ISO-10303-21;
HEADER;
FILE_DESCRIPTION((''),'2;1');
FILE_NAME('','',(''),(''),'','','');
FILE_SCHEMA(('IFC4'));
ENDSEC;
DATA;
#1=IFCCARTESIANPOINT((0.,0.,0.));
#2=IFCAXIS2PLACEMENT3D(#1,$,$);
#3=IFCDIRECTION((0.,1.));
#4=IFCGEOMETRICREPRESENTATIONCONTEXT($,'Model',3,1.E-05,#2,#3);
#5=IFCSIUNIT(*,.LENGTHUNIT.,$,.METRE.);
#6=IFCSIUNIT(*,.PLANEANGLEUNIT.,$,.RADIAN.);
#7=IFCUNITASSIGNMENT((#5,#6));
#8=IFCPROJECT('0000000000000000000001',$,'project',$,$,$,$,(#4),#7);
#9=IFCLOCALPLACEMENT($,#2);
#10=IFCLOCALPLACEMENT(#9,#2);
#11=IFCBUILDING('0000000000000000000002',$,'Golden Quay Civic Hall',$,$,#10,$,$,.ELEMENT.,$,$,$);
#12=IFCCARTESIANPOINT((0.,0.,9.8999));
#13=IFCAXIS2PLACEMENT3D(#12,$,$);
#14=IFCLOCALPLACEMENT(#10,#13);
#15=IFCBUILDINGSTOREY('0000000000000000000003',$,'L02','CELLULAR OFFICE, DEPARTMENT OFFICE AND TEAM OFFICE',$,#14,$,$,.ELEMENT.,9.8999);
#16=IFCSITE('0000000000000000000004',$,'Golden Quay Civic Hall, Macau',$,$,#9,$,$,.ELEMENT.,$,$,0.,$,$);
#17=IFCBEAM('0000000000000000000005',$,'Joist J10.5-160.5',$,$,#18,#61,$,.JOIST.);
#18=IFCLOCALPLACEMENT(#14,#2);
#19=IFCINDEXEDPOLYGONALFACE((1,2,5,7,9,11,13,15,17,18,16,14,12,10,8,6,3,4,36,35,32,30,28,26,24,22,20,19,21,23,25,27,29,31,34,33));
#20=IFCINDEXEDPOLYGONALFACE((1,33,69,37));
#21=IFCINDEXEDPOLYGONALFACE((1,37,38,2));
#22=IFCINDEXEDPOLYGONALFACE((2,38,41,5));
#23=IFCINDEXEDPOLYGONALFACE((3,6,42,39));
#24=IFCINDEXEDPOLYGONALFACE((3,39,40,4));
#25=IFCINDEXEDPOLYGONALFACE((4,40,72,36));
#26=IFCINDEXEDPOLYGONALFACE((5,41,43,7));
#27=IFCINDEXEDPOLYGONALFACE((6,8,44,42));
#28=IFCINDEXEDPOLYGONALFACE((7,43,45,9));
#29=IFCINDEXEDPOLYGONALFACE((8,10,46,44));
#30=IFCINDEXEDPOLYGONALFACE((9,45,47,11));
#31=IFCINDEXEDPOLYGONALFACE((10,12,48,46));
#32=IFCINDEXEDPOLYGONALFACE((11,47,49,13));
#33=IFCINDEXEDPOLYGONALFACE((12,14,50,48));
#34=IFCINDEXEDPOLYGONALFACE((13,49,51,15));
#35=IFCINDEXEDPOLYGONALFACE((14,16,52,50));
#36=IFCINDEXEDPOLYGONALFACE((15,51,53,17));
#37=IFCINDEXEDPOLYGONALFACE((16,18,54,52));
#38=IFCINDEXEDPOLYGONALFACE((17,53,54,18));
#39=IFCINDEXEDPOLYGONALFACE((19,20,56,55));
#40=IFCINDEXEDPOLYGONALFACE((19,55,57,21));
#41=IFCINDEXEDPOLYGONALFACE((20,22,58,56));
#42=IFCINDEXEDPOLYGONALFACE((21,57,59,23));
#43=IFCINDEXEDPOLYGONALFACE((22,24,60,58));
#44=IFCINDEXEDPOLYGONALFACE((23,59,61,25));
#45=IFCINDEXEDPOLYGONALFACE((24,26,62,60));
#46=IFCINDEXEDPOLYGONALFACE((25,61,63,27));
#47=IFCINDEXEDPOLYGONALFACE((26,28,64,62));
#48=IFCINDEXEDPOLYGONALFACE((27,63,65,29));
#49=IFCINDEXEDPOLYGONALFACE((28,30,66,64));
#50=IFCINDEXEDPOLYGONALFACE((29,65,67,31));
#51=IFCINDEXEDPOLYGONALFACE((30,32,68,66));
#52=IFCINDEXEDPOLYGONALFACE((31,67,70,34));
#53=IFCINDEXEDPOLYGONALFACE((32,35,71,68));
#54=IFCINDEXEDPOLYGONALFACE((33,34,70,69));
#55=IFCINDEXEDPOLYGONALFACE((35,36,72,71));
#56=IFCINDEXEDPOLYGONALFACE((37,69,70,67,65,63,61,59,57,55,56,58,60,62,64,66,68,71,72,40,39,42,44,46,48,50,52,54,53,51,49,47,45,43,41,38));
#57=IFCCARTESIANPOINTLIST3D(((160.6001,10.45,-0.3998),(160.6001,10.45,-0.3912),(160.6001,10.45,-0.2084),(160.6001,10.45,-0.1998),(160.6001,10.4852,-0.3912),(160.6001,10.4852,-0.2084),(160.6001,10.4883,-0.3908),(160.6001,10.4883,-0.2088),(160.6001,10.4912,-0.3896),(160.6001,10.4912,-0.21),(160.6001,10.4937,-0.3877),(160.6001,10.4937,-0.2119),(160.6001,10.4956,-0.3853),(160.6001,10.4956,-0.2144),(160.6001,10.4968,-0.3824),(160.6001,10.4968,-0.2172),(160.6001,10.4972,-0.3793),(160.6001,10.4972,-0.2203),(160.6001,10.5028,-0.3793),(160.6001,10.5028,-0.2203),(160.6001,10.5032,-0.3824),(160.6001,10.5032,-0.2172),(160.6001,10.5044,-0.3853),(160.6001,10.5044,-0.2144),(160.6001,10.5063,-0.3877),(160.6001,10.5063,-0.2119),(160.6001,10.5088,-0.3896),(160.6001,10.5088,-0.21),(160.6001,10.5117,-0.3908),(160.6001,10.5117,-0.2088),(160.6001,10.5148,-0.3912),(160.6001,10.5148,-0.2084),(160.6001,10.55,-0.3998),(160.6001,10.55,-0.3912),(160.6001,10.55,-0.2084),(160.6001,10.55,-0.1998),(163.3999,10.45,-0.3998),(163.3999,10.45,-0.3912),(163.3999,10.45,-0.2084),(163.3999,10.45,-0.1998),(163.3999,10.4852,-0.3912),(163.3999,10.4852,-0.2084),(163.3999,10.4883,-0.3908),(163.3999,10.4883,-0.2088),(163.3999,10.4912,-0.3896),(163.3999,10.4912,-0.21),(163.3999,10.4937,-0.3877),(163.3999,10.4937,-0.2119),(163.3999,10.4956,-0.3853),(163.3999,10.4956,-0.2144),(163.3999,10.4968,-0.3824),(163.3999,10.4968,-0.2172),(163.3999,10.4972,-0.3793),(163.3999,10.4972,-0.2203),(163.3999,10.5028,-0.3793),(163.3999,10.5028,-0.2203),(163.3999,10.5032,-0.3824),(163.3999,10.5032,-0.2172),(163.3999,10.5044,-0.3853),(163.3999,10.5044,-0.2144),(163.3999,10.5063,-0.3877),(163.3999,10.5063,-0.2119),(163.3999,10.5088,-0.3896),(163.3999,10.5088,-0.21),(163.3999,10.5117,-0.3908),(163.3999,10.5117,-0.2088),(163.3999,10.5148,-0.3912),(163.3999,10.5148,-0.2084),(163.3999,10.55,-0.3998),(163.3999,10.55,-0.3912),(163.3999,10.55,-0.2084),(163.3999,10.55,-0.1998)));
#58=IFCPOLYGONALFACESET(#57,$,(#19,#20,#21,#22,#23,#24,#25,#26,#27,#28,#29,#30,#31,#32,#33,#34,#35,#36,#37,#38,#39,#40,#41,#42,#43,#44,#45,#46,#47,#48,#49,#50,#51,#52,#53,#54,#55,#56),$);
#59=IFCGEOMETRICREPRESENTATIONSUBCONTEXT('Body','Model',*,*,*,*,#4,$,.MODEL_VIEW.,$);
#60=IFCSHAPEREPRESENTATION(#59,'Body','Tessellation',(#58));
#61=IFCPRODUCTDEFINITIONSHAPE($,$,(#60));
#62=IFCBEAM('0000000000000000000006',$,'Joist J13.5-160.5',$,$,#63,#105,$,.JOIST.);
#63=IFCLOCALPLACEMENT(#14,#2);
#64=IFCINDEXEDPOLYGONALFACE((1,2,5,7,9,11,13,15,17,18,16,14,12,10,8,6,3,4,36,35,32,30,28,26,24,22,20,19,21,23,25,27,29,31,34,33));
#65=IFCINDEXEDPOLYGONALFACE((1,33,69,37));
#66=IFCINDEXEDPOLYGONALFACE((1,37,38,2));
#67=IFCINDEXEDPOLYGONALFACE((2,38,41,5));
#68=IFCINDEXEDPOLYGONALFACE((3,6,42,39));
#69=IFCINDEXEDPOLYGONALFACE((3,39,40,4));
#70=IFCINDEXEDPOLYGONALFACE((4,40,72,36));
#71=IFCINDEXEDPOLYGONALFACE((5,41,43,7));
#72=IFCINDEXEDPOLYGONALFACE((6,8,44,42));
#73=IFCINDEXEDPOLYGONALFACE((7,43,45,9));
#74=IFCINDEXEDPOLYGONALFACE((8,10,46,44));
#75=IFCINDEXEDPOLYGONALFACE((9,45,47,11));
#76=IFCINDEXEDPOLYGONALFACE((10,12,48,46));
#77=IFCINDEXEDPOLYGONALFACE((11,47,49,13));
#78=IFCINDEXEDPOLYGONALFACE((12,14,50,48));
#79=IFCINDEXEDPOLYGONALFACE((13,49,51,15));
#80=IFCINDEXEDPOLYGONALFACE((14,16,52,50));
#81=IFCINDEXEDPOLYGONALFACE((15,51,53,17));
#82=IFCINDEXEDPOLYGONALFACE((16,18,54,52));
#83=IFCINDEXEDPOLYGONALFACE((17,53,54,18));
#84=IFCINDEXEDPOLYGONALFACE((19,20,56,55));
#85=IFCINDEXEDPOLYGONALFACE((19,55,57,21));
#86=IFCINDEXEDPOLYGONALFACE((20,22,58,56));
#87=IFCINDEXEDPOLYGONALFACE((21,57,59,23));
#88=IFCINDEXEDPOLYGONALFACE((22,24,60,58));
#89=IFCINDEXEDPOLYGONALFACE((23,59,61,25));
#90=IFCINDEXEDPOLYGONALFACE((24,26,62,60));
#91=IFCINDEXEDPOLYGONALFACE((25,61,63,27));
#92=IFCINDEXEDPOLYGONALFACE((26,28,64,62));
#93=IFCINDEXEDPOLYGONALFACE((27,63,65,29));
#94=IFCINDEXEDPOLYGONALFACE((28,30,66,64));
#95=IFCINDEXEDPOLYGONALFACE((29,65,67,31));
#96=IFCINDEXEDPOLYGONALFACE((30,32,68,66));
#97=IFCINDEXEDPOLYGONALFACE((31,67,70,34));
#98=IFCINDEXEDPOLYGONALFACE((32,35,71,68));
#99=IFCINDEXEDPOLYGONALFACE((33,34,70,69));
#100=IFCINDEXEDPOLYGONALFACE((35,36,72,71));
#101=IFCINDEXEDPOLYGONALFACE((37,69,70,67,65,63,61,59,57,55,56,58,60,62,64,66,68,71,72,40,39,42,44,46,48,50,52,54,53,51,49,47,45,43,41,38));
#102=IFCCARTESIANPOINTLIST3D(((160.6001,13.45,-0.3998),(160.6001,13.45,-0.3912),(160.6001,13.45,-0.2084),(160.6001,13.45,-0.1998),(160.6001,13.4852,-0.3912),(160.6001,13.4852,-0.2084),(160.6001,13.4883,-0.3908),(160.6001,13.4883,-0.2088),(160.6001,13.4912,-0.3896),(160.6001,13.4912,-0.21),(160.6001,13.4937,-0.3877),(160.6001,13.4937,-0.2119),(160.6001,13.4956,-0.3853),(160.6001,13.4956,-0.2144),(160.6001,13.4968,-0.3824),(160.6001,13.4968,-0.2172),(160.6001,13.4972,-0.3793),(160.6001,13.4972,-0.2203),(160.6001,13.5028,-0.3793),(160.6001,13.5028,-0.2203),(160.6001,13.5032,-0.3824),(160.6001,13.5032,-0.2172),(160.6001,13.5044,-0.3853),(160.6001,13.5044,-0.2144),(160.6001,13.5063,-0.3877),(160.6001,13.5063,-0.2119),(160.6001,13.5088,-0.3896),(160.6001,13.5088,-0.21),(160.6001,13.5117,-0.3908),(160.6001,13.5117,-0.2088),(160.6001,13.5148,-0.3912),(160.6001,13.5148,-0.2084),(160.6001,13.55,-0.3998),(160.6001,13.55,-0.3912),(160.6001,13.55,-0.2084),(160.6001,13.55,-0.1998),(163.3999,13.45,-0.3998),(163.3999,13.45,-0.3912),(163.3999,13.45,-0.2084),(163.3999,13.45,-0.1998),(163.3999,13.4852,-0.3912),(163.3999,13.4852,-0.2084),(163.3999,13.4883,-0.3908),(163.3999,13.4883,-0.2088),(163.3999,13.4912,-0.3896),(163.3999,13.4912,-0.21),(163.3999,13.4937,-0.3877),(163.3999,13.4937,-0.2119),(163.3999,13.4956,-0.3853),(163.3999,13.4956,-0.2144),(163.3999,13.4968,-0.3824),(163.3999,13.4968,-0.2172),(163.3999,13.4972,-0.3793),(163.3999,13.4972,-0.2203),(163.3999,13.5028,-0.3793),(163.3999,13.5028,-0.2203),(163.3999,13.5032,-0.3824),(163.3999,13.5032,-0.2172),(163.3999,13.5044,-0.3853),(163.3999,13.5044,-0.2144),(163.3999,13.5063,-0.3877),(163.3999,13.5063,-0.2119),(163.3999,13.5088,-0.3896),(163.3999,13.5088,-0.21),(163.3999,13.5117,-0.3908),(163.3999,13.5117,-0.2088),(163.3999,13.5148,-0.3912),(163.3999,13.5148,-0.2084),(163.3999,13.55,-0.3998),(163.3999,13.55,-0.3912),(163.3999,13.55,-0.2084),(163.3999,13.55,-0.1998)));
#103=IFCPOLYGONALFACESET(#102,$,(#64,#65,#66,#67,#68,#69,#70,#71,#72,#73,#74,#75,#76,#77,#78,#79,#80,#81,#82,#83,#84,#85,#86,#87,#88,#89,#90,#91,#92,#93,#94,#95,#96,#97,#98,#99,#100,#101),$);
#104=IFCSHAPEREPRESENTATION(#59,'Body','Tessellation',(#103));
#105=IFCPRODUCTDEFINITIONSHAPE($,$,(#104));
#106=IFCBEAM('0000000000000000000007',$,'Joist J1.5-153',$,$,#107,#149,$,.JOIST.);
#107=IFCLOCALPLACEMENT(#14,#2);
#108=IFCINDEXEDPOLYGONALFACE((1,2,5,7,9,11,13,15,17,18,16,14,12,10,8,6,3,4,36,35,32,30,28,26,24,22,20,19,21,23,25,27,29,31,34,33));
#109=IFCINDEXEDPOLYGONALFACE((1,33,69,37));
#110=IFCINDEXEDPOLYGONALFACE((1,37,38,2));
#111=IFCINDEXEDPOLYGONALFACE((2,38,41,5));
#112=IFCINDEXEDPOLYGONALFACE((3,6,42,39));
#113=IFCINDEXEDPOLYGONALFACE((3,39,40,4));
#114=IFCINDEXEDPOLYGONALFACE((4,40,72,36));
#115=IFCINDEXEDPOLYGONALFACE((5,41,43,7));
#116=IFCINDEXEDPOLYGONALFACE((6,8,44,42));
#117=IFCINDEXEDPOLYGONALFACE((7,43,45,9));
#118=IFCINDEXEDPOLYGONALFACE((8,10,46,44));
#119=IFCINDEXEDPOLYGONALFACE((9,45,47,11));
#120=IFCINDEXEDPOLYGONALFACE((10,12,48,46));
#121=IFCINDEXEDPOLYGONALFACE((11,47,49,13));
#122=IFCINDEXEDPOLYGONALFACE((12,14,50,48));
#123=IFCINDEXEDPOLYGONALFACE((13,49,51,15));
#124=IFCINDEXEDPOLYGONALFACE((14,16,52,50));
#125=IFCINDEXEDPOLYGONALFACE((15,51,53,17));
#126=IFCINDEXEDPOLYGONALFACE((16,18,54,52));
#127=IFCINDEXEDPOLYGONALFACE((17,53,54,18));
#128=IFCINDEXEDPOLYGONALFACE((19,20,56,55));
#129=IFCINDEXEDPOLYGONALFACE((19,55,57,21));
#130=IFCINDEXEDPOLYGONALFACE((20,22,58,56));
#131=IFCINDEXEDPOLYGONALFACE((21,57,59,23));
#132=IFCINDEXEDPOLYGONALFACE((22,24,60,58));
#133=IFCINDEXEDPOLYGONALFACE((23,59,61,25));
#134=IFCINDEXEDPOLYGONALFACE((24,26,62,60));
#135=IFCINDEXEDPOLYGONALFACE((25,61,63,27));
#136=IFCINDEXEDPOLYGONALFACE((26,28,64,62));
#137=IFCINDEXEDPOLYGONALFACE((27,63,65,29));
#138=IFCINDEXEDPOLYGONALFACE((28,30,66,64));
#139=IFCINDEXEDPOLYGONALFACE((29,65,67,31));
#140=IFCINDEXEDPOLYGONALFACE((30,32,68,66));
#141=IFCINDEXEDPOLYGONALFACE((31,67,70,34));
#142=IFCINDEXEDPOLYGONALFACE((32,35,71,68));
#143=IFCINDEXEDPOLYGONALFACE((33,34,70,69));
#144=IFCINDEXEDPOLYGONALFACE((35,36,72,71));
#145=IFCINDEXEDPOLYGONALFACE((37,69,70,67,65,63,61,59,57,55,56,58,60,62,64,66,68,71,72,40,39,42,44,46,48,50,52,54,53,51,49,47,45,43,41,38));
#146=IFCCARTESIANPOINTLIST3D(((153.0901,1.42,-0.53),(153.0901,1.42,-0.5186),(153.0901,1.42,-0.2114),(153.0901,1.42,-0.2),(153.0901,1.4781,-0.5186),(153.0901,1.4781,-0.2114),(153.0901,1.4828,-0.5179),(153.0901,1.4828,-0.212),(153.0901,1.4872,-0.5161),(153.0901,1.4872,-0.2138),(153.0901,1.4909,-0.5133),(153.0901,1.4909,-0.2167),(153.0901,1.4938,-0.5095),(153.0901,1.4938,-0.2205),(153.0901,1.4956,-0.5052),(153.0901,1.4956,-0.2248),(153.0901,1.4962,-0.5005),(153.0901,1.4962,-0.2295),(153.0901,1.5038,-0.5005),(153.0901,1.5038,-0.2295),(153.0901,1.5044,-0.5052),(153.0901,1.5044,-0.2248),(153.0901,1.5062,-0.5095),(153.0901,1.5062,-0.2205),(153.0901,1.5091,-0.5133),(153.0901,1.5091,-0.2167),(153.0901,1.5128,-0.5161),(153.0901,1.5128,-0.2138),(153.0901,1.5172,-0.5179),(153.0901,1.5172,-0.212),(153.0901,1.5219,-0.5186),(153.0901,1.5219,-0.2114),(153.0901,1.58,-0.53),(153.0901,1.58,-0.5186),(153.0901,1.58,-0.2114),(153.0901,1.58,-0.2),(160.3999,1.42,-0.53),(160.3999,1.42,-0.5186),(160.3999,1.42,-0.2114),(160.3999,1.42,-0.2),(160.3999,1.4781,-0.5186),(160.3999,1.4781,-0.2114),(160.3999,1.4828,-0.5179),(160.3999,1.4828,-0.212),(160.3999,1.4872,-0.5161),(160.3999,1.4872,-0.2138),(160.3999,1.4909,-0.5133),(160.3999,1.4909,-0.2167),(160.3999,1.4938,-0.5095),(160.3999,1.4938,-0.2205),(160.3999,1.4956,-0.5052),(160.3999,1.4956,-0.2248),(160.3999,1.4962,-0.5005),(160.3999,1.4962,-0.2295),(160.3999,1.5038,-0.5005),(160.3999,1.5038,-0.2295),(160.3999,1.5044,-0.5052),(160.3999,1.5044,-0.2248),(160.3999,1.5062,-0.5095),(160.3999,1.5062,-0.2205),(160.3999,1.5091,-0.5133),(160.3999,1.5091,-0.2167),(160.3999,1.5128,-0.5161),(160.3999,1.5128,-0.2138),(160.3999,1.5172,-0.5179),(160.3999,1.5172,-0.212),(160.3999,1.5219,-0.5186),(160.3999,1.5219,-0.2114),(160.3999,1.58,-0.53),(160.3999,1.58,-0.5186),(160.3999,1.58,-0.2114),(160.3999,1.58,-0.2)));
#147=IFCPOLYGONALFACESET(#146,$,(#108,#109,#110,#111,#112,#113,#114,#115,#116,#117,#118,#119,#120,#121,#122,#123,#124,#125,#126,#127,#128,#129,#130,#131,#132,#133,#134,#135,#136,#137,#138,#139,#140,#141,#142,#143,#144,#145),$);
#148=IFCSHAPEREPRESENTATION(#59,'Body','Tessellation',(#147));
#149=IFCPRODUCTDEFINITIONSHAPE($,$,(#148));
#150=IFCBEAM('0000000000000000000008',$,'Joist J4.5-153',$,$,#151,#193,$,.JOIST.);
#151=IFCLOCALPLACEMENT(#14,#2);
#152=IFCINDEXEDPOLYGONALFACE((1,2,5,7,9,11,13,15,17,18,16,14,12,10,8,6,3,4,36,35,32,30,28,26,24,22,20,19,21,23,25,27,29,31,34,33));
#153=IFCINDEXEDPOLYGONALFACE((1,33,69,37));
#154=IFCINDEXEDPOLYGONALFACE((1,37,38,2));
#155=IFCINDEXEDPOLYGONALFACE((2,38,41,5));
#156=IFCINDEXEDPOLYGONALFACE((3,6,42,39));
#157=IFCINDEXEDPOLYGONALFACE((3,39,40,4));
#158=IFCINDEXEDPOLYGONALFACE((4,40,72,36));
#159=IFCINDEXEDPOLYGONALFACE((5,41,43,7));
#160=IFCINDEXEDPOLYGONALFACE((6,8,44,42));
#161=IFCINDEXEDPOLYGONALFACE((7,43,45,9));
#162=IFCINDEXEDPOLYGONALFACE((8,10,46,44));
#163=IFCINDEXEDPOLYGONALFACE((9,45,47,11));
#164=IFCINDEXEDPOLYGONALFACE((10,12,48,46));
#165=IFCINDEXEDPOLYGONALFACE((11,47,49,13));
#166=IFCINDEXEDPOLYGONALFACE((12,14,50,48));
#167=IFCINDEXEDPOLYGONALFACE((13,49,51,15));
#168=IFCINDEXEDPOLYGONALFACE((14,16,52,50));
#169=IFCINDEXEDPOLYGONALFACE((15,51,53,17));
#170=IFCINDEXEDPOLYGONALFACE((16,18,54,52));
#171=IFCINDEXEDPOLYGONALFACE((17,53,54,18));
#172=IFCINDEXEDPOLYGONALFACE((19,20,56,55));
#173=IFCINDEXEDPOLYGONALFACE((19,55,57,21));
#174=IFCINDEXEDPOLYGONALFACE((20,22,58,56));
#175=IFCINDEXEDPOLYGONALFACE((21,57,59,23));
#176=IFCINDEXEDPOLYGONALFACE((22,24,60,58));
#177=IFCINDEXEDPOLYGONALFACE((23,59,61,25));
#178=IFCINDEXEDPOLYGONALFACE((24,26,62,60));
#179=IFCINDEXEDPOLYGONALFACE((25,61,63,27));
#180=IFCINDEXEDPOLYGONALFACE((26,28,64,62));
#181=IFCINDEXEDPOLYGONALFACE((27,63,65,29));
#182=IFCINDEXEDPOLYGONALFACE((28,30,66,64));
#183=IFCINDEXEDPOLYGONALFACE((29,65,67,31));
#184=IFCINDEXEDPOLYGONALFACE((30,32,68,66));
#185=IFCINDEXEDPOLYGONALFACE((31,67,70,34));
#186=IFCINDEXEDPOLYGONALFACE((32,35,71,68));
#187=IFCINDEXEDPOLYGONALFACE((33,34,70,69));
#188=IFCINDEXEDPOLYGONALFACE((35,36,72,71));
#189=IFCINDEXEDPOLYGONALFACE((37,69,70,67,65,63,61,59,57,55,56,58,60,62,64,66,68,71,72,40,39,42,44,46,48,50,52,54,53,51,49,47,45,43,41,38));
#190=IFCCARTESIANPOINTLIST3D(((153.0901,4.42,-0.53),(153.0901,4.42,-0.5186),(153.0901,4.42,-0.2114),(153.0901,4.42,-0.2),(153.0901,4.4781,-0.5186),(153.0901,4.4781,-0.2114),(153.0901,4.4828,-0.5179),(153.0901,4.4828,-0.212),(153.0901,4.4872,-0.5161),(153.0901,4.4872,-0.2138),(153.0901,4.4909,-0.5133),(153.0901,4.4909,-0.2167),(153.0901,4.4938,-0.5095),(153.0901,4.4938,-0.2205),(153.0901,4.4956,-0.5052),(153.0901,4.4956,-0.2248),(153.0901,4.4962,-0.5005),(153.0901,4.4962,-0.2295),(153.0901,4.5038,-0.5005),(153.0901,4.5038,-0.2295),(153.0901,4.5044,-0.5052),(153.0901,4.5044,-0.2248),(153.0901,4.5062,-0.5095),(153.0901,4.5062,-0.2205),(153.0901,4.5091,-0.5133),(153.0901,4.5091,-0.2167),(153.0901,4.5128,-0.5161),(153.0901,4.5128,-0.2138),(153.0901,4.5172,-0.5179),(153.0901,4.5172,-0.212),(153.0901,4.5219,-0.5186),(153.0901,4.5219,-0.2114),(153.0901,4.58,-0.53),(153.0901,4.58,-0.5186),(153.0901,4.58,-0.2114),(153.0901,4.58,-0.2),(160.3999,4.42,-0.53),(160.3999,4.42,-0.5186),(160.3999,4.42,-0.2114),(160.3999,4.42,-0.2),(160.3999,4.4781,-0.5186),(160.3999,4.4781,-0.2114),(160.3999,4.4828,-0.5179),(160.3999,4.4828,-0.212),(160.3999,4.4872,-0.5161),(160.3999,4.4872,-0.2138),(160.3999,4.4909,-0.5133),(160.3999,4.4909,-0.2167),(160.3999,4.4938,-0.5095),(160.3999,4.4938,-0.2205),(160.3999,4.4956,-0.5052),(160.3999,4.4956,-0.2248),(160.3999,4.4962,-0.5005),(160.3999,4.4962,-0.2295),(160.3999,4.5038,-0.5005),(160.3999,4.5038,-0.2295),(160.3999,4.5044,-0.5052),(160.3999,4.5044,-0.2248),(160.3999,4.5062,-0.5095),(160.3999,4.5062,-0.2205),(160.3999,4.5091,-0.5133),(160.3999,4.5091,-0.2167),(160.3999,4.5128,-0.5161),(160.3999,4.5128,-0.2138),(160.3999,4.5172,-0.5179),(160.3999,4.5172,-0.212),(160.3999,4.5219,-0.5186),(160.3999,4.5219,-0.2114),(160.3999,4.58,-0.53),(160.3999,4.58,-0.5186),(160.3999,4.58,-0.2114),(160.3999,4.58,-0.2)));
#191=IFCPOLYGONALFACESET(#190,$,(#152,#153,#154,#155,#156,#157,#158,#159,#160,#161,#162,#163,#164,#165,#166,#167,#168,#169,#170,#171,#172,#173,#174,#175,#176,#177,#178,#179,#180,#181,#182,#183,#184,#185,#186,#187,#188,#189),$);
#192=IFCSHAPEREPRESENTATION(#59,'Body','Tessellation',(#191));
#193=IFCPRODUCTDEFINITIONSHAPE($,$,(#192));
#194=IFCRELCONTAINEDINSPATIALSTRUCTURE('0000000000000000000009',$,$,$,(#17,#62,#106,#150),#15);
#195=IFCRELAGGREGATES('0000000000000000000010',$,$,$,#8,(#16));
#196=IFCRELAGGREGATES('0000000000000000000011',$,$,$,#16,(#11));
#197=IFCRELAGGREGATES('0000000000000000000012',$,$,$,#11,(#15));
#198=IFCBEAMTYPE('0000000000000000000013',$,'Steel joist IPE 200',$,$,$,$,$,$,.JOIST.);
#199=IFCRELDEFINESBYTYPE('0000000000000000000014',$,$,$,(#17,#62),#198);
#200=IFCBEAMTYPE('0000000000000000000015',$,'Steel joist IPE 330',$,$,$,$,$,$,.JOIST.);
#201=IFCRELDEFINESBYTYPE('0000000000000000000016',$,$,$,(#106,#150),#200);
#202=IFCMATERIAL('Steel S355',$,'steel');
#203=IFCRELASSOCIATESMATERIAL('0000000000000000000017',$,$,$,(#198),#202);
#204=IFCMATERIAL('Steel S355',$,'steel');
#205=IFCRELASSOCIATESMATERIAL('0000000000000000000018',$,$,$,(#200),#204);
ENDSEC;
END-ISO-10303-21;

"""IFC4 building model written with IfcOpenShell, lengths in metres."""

from ifc_helpers import new_model, si_unit, direction, frame, origin, origin_2d, place, context, subcontext, project, spatial, i_section, extrude, material, material_profile, profile_set, type_object, element, save


model = new_model("IFC4")

# Units and contexts
model_context = context("Model", 3, precision=1e-05, world=origin(), true_north=direction((0.0, 1.0)))
body_context = subcontext(model_context, "Body", "Model", "MODEL_VIEW")
ifc_project = project(units=[si_unit("LENGTHUNIT", "METRE"), si_unit("PLANEANGLEUNIT", "RADIAN")], contexts=[model_context])

# Site, building, storey
site_placement = place(None, origin())
site = spatial("IfcSite", under=ifc_project, at=site_placement, Name="Golden Quay Civic Hall, Macau", CompositionType="ELEMENT", RefElevation=0.0)
building_placement = place(site_placement, origin())
building = spatial("IfcBuilding", under=site, at=building_placement, Name="Golden Quay Civic Hall", CompositionType="ELEMENT")
storey_placement = place(building_placement, frame((0.0, 0.0, 9.8999)))
storey = spatial("IfcBuildingStorey", under=building, at=storey_placement, Name="L02", Description="CELLULAR OFFICE, DEPARTMENT OFFICE AND TEAM OFFICE", CompositionType="ELEMENT", Elevation=9.8999)

# Beams
ifc_material_1 = material(Name="Steel S355", Category="steel")
ifc_material_profile_1 = material_profile(ifc_material_1, i_section(OverallWidth=0.1001, OverallDepth=0.2, WebThickness=0.0056, FlangeThickness=0.0085, FilletRadius=0.012, at=origin_2d()), Name="IPE 200")
ifc_profile_set_1 = profile_set([ifc_material_profile_1], Name="Steel S355")
beam_type_1 = type_object("IfcBeamType", Name="Steel joist IPE 200", PredefinedType="JOIST", material=ifc_profile_set_1)
for number, where, z_axis, x_axis, name in (
    (1, (160.6001, 10.5, -0.2998), (1.0, 0.0, 0.0), (0.0, 1.0, 0.0), "Joist J10.5-160.5"),
    (2, (160.6001, 13.5, -0.2998), (1.0, 0.0, 0.0), (0.0, 1.0, 0.0), "Joist J13.5-160.5"),
):
    element("IfcBeam", number, at=place(storey_placement, frame(where, z_axis=z_axis, x_axis=x_axis)), inside=storey, type_object=beam_type_1, Name=name, PredefinedType="JOIST", context=body_context, shape_type="SweptSolid", body=[
        extrude(i_section(OverallWidth=0.1001, OverallDepth=0.2, WebThickness=0.0056, FlangeThickness=0.0085, FilletRadius=0.012, at=origin_2d()), origin(), (0.0, 0.0, 1.0), 2.7998),
    ])
ifc_material_2 = material(Name="Steel S355", Category="steel")
ifc_material_profile_2 = material_profile(ifc_material_2, i_section(OverallWidth=0.1599, OverallDepth=0.3301, WebThickness=0.0076, FlangeThickness=0.0115, FilletRadius=0.0181, at=origin_2d()), Name="IPE 330")
ifc_profile_set_2 = profile_set([ifc_material_profile_2], Name="Steel S355")
beam_type_2 = type_object("IfcBeamType", Name="Steel joist IPE 330", PredefinedType="JOIST", material=ifc_profile_set_2)
for number, where, z_axis, x_axis, name in (
    (3, (153.0901, 1.5, -0.365), (1.0, 0.0, 0.0), (0.0, 1.0, 0.0), "Joist J1.5-153"),
    (4, (153.0901, 4.5, -0.365), (1.0, 0.0, 0.0), (0.0, 1.0, 0.0), "Joist J4.5-153"),
):
    element("IfcBeam", number, at=place(storey_placement, frame(where, z_axis=z_axis, x_axis=x_axis)), inside=storey, type_object=beam_type_2, Name=name, PredefinedType="JOIST", context=body_context, shape_type="SweptSolid", body=[
        extrude(i_section(OverallWidth=0.1599, OverallDepth=0.3301, WebThickness=0.0076, FlangeThickness=0.0115, FilletRadius=0.0181, at=origin_2d()), origin(), (0.0, 0.0, 1.0), 7.3098),
    ])

save(model, "model.ifc")
